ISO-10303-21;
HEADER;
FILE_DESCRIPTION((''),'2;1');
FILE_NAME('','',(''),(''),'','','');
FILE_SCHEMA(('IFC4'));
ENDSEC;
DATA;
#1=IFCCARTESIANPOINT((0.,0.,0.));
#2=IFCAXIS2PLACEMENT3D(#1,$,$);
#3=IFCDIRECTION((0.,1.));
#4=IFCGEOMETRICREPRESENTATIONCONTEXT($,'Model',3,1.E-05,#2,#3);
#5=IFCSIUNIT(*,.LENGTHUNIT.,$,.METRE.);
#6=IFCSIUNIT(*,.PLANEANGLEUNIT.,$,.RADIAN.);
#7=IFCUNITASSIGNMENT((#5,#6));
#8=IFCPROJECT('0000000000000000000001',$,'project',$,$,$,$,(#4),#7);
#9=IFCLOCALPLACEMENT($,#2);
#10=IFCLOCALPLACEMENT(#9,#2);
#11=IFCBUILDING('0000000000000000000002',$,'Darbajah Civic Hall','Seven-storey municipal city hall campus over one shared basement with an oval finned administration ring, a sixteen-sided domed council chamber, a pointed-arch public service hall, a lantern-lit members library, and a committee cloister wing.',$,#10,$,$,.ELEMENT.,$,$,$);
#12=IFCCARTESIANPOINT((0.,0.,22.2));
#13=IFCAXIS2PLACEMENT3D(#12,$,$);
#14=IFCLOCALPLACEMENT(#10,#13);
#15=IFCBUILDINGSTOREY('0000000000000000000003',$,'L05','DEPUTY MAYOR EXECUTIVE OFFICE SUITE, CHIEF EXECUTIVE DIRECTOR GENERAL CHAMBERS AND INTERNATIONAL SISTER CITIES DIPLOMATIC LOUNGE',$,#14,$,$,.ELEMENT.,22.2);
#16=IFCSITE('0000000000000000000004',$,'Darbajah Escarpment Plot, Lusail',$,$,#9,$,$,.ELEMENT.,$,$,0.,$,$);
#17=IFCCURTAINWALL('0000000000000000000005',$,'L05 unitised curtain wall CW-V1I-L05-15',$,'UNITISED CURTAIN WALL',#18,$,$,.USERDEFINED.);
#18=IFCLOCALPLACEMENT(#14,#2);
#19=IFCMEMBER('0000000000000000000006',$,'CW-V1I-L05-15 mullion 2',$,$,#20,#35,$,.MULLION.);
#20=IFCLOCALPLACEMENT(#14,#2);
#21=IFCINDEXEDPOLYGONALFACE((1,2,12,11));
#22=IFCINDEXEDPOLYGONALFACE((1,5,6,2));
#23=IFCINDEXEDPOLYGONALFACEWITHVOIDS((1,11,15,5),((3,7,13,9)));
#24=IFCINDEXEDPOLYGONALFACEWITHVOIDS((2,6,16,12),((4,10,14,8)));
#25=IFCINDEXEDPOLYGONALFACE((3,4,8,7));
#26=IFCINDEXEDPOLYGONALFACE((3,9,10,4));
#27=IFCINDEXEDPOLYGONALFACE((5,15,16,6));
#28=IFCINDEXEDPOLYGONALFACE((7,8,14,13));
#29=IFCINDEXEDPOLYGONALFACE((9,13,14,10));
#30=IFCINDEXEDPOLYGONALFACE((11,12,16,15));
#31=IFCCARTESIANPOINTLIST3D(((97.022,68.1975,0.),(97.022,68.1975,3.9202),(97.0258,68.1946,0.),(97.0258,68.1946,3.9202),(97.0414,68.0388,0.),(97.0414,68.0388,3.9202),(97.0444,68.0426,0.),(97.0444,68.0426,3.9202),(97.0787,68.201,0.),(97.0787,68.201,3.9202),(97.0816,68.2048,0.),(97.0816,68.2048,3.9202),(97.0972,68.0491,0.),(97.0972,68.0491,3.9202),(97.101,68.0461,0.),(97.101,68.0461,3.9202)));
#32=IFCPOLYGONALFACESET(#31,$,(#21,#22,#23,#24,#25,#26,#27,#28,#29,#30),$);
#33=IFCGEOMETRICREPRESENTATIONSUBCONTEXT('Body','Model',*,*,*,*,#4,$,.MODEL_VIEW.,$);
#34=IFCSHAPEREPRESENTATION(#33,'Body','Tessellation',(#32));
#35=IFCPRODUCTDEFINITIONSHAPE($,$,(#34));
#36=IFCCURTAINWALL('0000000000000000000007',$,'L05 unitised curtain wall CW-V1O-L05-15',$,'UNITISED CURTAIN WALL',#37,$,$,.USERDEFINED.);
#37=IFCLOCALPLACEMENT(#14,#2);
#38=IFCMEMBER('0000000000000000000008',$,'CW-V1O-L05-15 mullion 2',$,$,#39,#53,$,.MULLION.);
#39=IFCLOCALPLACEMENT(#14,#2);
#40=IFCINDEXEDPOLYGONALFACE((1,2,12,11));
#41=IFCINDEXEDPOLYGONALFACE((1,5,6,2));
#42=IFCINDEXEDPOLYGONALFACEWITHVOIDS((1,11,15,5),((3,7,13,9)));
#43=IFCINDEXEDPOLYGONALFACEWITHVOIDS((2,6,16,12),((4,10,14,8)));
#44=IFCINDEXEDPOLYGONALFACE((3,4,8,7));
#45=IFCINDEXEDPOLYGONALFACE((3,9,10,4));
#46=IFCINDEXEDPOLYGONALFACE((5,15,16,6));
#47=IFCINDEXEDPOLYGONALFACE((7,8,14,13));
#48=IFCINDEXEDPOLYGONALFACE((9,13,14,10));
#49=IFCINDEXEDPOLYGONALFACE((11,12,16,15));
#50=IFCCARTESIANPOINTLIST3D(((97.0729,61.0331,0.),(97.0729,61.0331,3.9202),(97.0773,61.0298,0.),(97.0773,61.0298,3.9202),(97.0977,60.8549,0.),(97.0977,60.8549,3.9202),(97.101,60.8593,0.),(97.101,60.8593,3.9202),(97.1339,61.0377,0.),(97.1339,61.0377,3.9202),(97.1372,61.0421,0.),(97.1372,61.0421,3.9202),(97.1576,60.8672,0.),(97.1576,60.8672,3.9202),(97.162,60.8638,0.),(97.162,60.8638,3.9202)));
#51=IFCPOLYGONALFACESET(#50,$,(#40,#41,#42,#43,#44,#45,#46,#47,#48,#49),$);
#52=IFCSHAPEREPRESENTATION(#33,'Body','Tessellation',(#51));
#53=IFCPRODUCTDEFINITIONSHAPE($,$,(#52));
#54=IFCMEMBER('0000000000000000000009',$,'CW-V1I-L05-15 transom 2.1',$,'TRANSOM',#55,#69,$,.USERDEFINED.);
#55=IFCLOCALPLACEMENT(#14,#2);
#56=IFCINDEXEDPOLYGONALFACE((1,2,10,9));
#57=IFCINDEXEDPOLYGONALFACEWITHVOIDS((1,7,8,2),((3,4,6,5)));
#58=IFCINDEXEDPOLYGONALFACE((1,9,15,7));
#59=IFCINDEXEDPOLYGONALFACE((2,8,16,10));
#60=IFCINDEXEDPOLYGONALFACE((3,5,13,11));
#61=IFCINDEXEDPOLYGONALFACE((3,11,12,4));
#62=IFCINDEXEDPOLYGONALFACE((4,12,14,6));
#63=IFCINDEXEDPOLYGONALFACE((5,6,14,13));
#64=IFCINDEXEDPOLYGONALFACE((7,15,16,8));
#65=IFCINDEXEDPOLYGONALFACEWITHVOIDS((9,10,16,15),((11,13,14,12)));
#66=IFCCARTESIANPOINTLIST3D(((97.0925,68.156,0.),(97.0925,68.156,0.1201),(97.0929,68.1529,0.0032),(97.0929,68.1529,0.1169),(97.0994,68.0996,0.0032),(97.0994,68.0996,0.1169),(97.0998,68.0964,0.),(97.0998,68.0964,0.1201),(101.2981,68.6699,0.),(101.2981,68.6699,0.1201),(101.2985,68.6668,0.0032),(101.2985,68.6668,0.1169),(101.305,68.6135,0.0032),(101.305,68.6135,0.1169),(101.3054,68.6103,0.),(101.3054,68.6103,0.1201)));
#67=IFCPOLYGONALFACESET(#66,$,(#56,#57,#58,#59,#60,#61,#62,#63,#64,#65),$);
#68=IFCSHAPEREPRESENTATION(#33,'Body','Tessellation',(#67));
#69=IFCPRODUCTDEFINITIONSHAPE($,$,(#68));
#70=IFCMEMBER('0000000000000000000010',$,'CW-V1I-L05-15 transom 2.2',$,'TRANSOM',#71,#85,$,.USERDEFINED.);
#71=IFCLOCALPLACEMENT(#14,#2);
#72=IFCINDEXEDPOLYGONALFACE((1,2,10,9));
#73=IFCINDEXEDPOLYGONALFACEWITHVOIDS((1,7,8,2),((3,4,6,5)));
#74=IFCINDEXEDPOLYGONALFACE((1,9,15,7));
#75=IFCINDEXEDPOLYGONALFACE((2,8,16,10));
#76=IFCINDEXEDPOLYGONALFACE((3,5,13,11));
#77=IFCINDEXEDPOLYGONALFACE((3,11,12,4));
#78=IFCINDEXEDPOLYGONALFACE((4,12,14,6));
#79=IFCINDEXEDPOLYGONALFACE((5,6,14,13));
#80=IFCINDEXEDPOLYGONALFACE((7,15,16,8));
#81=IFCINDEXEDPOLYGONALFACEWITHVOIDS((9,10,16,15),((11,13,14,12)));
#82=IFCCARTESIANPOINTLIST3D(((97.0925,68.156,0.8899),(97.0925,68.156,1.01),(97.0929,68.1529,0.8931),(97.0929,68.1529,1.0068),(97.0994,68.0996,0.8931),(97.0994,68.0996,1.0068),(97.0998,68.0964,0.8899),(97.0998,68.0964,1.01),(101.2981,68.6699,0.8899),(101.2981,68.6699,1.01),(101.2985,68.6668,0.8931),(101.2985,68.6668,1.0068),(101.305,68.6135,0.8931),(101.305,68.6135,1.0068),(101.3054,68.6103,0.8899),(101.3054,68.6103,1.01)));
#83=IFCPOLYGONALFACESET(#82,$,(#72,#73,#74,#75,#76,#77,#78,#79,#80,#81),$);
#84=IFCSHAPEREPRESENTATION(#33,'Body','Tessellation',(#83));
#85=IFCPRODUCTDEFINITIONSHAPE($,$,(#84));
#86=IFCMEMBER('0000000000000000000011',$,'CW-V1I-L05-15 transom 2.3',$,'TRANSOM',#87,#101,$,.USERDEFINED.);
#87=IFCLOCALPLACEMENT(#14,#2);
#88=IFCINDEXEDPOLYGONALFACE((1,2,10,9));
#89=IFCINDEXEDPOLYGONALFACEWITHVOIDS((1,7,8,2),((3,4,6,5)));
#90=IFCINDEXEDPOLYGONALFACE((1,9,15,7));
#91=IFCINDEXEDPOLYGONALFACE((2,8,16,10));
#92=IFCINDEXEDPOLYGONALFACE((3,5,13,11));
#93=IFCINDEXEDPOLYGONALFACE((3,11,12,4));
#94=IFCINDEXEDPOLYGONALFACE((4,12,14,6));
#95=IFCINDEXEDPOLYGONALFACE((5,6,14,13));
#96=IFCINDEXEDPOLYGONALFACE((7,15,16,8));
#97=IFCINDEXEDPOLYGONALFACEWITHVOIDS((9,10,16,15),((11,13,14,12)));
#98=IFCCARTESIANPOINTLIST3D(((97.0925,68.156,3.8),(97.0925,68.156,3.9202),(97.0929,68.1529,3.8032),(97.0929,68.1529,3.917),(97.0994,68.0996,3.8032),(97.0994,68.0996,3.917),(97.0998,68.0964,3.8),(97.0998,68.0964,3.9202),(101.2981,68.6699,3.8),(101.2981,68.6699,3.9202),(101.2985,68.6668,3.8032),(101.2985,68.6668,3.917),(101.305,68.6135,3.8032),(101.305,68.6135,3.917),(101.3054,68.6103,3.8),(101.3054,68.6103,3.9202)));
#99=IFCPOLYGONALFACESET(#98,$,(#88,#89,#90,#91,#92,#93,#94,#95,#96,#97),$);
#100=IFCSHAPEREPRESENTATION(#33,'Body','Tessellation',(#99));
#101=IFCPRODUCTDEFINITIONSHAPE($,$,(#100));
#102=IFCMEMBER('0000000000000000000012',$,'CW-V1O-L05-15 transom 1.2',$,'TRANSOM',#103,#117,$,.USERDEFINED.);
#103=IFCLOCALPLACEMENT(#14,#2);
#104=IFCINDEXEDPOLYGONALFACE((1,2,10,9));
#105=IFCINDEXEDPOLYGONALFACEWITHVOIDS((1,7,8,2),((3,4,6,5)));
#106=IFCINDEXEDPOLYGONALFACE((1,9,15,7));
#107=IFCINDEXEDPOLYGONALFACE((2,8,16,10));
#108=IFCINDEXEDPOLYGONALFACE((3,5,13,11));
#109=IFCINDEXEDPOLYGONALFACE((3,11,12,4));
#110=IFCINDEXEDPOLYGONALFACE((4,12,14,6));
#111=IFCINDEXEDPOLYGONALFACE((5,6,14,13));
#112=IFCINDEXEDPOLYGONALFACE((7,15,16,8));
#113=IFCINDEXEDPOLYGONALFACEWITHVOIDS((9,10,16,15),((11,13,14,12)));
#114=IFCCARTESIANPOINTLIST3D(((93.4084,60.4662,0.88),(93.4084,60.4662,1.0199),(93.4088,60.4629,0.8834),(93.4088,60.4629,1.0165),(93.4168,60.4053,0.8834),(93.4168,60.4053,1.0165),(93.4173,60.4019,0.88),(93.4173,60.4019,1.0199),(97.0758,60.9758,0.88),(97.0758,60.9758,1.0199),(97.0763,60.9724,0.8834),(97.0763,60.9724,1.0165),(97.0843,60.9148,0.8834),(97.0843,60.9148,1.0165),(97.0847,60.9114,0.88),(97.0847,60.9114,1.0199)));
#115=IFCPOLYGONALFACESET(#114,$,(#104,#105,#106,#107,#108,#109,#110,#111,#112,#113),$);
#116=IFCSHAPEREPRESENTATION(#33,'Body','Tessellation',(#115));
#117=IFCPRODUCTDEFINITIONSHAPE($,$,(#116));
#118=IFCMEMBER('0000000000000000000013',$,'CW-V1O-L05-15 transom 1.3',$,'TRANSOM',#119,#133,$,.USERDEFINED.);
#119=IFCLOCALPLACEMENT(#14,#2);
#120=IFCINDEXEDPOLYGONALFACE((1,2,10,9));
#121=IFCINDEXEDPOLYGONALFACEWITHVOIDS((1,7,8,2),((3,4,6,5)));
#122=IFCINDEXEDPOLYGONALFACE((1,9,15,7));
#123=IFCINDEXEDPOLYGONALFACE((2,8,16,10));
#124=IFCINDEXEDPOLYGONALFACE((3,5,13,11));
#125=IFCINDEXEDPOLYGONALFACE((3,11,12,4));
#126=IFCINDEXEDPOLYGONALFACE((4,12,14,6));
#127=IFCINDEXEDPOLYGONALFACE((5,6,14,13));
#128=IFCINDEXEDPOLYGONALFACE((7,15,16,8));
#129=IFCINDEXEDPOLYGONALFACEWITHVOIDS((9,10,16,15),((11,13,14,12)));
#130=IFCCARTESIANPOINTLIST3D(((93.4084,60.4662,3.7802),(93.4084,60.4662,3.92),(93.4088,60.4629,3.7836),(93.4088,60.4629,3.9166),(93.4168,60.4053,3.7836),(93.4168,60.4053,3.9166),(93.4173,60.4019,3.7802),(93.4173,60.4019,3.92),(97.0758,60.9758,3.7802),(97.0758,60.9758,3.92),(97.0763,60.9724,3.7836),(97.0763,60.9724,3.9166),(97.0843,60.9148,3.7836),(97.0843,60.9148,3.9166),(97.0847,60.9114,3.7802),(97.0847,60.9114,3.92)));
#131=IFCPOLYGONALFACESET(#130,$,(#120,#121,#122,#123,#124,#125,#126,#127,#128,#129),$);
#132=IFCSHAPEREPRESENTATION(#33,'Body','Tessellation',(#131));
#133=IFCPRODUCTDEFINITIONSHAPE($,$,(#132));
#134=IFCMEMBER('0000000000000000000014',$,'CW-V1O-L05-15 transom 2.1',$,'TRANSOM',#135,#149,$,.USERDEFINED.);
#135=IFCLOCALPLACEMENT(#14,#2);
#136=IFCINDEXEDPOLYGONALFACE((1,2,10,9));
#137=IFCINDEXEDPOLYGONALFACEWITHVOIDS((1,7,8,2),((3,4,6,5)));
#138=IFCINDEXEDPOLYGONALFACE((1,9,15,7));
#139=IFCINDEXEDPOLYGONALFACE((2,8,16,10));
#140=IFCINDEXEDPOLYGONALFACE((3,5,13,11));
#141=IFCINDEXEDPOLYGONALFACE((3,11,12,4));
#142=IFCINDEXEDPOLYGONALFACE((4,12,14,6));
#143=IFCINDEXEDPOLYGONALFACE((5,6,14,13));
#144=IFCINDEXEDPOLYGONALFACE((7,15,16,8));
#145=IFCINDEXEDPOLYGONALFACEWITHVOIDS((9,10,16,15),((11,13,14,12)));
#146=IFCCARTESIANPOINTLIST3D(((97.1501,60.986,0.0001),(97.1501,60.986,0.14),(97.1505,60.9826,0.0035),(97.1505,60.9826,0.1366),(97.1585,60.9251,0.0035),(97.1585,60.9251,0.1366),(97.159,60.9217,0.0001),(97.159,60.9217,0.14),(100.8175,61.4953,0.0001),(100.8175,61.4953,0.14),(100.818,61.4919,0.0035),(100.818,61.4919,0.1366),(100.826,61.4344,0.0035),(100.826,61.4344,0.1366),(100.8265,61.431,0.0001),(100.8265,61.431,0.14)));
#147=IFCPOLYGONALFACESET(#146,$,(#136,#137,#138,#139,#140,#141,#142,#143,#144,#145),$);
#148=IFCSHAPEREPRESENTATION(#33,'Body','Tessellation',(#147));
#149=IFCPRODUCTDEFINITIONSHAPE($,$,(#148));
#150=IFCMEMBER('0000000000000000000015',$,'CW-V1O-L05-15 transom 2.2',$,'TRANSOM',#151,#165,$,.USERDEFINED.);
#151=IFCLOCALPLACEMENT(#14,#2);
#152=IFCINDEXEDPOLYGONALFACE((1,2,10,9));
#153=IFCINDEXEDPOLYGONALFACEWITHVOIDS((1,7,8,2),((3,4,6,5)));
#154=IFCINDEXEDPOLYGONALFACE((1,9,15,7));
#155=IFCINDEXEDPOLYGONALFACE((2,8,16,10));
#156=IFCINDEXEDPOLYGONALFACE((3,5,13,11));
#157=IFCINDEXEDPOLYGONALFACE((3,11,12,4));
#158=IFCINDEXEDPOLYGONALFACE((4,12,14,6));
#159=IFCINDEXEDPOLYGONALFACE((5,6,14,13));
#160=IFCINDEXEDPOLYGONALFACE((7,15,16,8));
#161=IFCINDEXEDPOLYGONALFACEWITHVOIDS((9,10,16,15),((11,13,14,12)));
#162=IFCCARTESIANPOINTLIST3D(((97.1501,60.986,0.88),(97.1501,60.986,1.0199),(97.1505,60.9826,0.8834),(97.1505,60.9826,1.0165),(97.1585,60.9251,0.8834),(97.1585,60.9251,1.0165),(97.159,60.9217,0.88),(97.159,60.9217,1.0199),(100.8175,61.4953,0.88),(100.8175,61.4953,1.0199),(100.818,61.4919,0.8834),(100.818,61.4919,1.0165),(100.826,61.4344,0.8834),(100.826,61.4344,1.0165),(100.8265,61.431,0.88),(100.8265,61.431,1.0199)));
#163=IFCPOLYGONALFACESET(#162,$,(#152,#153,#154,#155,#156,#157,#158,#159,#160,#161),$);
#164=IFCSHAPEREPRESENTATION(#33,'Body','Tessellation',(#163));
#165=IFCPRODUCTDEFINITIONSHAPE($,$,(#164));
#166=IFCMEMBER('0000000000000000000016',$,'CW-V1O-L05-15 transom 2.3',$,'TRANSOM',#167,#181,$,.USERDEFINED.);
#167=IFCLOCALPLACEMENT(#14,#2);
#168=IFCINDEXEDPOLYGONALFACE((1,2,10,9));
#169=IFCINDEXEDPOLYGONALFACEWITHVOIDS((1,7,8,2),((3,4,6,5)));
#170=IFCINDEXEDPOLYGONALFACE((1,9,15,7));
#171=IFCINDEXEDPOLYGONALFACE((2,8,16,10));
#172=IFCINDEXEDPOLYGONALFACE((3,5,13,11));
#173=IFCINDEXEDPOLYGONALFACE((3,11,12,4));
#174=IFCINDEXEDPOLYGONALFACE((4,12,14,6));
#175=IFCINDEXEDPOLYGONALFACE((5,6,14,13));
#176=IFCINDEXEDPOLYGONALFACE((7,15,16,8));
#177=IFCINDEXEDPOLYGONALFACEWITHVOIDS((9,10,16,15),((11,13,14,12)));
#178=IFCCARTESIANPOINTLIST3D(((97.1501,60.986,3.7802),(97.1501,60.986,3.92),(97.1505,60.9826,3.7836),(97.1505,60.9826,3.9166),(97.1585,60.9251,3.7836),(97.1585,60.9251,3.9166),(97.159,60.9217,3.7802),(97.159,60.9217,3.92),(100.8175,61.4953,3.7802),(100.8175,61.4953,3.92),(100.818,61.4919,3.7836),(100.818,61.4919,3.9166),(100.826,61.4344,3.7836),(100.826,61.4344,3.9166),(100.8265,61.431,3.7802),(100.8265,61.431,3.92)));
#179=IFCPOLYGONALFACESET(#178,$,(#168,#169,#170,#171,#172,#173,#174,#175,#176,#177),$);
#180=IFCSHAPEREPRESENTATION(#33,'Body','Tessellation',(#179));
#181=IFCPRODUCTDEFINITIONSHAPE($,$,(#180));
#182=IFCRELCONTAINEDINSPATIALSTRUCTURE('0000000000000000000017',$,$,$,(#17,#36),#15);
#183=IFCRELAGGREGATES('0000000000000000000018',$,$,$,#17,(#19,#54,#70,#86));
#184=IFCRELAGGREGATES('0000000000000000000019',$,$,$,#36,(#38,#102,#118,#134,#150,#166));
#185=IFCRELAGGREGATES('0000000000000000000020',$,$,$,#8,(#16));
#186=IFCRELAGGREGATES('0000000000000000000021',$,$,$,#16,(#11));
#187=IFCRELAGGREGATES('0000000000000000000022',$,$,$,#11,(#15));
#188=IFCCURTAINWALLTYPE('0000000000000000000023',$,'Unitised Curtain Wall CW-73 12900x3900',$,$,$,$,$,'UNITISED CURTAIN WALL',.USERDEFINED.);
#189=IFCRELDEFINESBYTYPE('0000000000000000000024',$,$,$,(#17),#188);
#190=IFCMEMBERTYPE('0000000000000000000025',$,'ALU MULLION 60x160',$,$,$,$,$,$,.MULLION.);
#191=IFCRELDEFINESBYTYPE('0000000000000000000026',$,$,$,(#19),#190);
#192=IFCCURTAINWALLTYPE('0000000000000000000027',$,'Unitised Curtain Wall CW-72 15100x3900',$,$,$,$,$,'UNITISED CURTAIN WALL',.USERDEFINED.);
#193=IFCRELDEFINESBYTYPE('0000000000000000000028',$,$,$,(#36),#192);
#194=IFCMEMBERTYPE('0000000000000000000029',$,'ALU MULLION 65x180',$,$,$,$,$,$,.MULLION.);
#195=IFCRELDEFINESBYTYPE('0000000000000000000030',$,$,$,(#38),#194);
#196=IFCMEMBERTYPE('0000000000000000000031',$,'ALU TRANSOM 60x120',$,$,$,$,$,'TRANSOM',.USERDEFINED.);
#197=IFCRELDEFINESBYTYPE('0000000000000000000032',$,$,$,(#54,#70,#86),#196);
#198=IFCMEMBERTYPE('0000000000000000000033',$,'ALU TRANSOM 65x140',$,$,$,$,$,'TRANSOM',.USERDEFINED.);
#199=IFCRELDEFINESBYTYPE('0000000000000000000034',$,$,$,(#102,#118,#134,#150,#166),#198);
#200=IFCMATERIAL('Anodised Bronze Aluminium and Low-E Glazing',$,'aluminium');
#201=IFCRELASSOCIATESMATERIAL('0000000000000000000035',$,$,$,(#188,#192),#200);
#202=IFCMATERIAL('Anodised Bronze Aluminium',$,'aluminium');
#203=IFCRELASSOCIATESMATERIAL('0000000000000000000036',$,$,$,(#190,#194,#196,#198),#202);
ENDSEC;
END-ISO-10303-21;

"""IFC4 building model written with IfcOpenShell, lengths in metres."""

from ifc_helpers import new_model, si_unit, direction, frame, origin, origin_2d, place, context, subcontext, project, spatial, hollow_rectangle, extrude, material, material_profile, profile_set, type_object, element, aggregate, save


model = new_model("IFC4")

# Units and contexts
model_context = context("Model", 3, precision=1e-05, world=origin(), true_north=direction((0.0, 1.0)))
body_context = subcontext(model_context, "Body", "Model", "MODEL_VIEW")
ifc_project = project(units=[si_unit("LENGTHUNIT", "METRE"), si_unit("PLANEANGLEUNIT", "RADIAN")], contexts=[model_context])

# Site, building, storey
site_placement = place(None, origin())
site = spatial("IfcSite", under=ifc_project, at=site_placement, Name="Darbajah Escarpment Plot, Lusail", CompositionType="ELEMENT", RefElevation=0.0)
building_placement = place(site_placement, origin())
building = spatial("IfcBuilding", under=site, at=building_placement, Name="Darbajah Civic Hall", Description="Seven-storey municipal city hall campus over one shared basement with an oval finned administration ring, a sixteen-sided domed council chamber, a pointed-arch public service hall, a lantern-lit members library, and a committee cloister wing.", CompositionType="ELEMENT")
storey_placement = place(building_placement, frame((0.0, 0.0, 22.2)))
storey = spatial("IfcBuildingStorey", under=building, at=storey_placement, Name="L05", Description="DEPUTY MAYOR EXECUTIVE OFFICE SUITE, CHIEF EXECUTIVE DIRECTOR GENERAL CHAMBERS AND INTERNATIONAL SISTER CITIES DIPLOMATIC LOUNGE", CompositionType="ELEMENT", Elevation=22.2)

# Curtain walls, members
ifc_material_1 = material(Name="Anodised Bronze Aluminium and Low-E Glazing", Category="aluminium")
curtain_wall_type_1 = type_object("IfcCurtainWallType", Name="Unitised Curtain Wall CW-73 12900x3900", ElementType="UNITISED CURTAIN WALL", PredefinedType="USERDEFINED", material=ifc_material_1)
curtain_wall_1_placement = place(storey_placement, origin())
curtain_wall_1 = element("IfcCurtainWall", 1, at=curtain_wall_1_placement, inside=storey, type_object=curtain_wall_type_1, Name="L05 unitised curtain wall CW-V1I-L05-15", ObjectType="UNITISED CURTAIN WALL", PredefinedType="USERDEFINED")
ifc_material_2 = material(Name="Anodised Bronze Aluminium", Category="aluminium")
ifc_material_profile_1 = material_profile(ifc_material_2, hollow_rectangle(XDim=0.0601, YDim=0.1599, WallThickness=0.0034, at=origin_2d()), Name="ALU MULLION 60x160")
ifc_profile_set_1 = profile_set([ifc_material_profile_1], Name="Anodised Bronze Aluminium")
member_type_1 = type_object("IfcMemberType", Name="ALU MULLION 60x160", PredefinedType="MULLION", material=ifc_profile_set_1)
member_1_placement = place(storey_placement, frame((97.0615, 68.1218, 0.0), z_axis=(0.0, 0.0, 1.0), x_axis=(0.99261, 0.12135, 0.0)))
member_1 = element("IfcMember", 2, at=member_1_placement, type_object=member_type_1, Name="CW-V1I-L05-15 mullion 2", PredefinedType="MULLION", context=body_context, shape_type="SweptSolid", body=[
    extrude(hollow_rectangle(XDim=0.0601, YDim=0.1599, WallThickness=0.0034, at=origin_2d()), origin(), (0.0, 0.0, 1.0), 3.9202),
])
curtain_wall_type_2 = type_object("IfcCurtainWallType", Name="Unitised Curtain Wall CW-72 15100x3900", ElementType="UNITISED CURTAIN WALL", PredefinedType="USERDEFINED", material=ifc_material_1)
curtain_wall_2_placement = place(storey_placement, origin())
curtain_wall_2 = element("IfcCurtainWall", 3, at=curtain_wall_2_placement, inside=storey, type_object=curtain_wall_type_2, Name="L05 unitised curtain wall CW-V1O-L05-15", ObjectType="UNITISED CURTAIN WALL", PredefinedType="USERDEFINED")
ifc_material_profile_2 = material_profile(ifc_material_2, hollow_rectangle(XDim=0.0649, YDim=0.1799, WallThickness=0.0039, at=origin_2d()), Name="ALU MULLION 65x180")
ifc_profile_set_2 = profile_set([ifc_material_profile_2], Name="Anodised Bronze Aluminium")
member_type_2 = type_object("IfcMemberType", Name="ALU MULLION 65x180", PredefinedType="MULLION", material=ifc_profile_set_2)
member_2_placement = place(storey_placement, frame((97.1174, 60.9485, 0.0), z_axis=(0.0, 0.0, 1.0), x_axis=(0.990485, 0.137617, 0.0)))
member_2 = element("IfcMember", 4, at=member_2_placement, type_object=member_type_2, Name="CW-V1O-L05-15 mullion 2", PredefinedType="MULLION", context=body_context, shape_type="SweptSolid", body=[
    extrude(hollow_rectangle(XDim=0.0649, YDim=0.1799, WallThickness=0.0039, at=origin_2d()), origin(), (0.0, 0.0, 1.0), 3.9202),
])

# Members
ifc_material_profile_3 = material_profile(ifc_material_2, hollow_rectangle(XDim=0.0601, YDim=0.1201, WallThickness=0.0032, at=origin_2d()), Name="ALU TRANSOM 60x120")
ifc_profile_set_3 = profile_set([ifc_material_profile_3], Name="Anodised Bronze Aluminium")
member_type_3 = type_object("IfcMemberType", Name="ALU TRANSOM 60x120", ElementType="TRANSOM", PredefinedType="USERDEFINED", material=ifc_profile_set_3)
member_3_placement = place(storey_placement, frame((97.0962, 68.1262, 0.0601), z_axis=(0.992616, 0.121297, 0.0), x_axis=(-0.121297, 0.992616, 0.0)))
member_3 = element("IfcMember", 5, at=member_3_placement, type_object=member_type_3, Name="CW-V1I-L05-15 transom 2.1", ObjectType="TRANSOM", PredefinedType="USERDEFINED", context=body_context, shape_type="SweptSolid", body=[
    extrude(hollow_rectangle(XDim=0.0601, YDim=0.1201, WallThickness=0.0032, at=origin_2d()), origin(), (0.0, 0.0, 1.0), 4.2368),
])
member_4_placement = place(storey_placement, frame((97.0962, 68.1262, 0.95), z_axis=(0.992616, 0.121297, 0.0), x_axis=(-0.121297, 0.992616, 0.0)))
member_4 = element("IfcMember", 6, at=member_4_placement, type_object=member_type_3, Name="CW-V1I-L05-15 transom 2.2", ObjectType="TRANSOM", PredefinedType="USERDEFINED", context=body_context, shape_type="SweptSolid", body=[
    extrude(hollow_rectangle(XDim=0.0601, YDim=0.1201, WallThickness=0.0032, at=origin_2d()), origin(), (0.0, 0.0, 1.0), 4.2368),
])
member_5_placement = place(storey_placement, frame((97.0962, 68.1262, 3.8601), z_axis=(0.992616, 0.121297, 0.0), x_axis=(-0.121297, 0.992616, 0.0)))
member_5 = element("IfcMember", 7, at=member_5_placement, type_object=member_type_3, Name="CW-V1I-L05-15 transom 2.3", ObjectType="TRANSOM", PredefinedType="USERDEFINED", context=body_context, shape_type="SweptSolid", body=[
    extrude(hollow_rectangle(XDim=0.0601, YDim=0.1201, WallThickness=0.0032, at=origin_2d()), origin(), (0.0, 0.0, 1.0), 4.2368),
])
ifc_material_profile_4 = material_profile(ifc_material_2, hollow_rectangle(XDim=0.0649, YDim=0.1399, WallThickness=0.0034, at=origin_2d()), Name="ALU TRANSOM 65x140")
ifc_profile_set_4 = profile_set([ifc_material_profile_4], Name="Anodised Bronze Aluminium")
member_type_4 = type_object("IfcMemberType", Name="ALU TRANSOM 65x140", ElementType="TRANSOM", PredefinedType="USERDEFINED", material=ifc_profile_set_4)
member_6_placement = place(storey_placement, frame((93.4128, 60.4341, 0.95), z_axis=(0.990487, 0.137608, 0.0), x_axis=(-0.137608, 0.990487, 0.0)))
member_6 = element("IfcMember", 8, at=member_6_placement, type_object=member_type_4, Name="CW-V1O-L05-15 transom 1.2", ObjectType="TRANSOM", PredefinedType="USERDEFINED", context=body_context, shape_type="SweptSolid", body=[
    extrude(hollow_rectangle(XDim=0.0649, YDim=0.1399, WallThickness=0.0034, at=origin_2d()), origin(), (0.0, 0.0, 1.0), 3.7026),
])
member_7_placement = place(storey_placement, frame((93.4128, 60.4341, 3.8501), z_axis=(0.990487, 0.137608, 0.0), x_axis=(-0.137608, 0.990487, 0.0)))
member_7 = element("IfcMember", 9, at=member_7_placement, type_object=member_type_4, Name="CW-V1O-L05-15 transom 1.3", ObjectType="TRANSOM", PredefinedType="USERDEFINED", context=body_context, shape_type="SweptSolid", body=[
    extrude(hollow_rectangle(XDim=0.0649, YDim=0.1399, WallThickness=0.0034, at=origin_2d()), origin(), (0.0, 0.0, 1.0), 3.7026),
])
member_8_placement = place(storey_placement, frame((97.1545, 60.9539, 0.0701), z_axis=(0.990496, 0.137543, 0.0), x_axis=(-0.137543, 0.990496, 0.0)))
member_8 = element("IfcMember", 10, at=member_8_placement, type_object=member_type_4, Name="CW-V1O-L05-15 transom 2.1", ObjectType="TRANSOM", PredefinedType="USERDEFINED", context=body_context, shape_type="SweptSolid", body=[
    extrude(hollow_rectangle(XDim=0.0649, YDim=0.1399, WallThickness=0.0034, at=origin_2d()), origin(), (0.0, 0.0, 1.0), 3.7026),
])
member_9_placement = place(storey_placement, frame((97.1545, 60.9539, 0.95), z_axis=(0.990496, 0.137543, 0.0), x_axis=(-0.137543, 0.990496, 0.0)))
member_9 = element("IfcMember", 11, at=member_9_placement, type_object=member_type_4, Name="CW-V1O-L05-15 transom 2.2", ObjectType="TRANSOM", PredefinedType="USERDEFINED", context=body_context, shape_type="SweptSolid", body=[
    extrude(hollow_rectangle(XDim=0.0649, YDim=0.1399, WallThickness=0.0034, at=origin_2d()), origin(), (0.0, 0.0, 1.0), 3.7026),
])
member_10_placement = place(storey_placement, frame((97.1545, 60.9539, 3.8501), z_axis=(0.990496, 0.137543, 0.0), x_axis=(-0.137543, 0.990496, 0.0)))
member_10 = element("IfcMember", 12, at=member_10_placement, type_object=member_type_4, Name="CW-V1O-L05-15 transom 2.3", ObjectType="TRANSOM", PredefinedType="USERDEFINED", context=body_context, shape_type="SweptSolid", body=[
    extrude(hollow_rectangle(XDim=0.0649, YDim=0.1399, WallThickness=0.0034, at=origin_2d()), origin(), (0.0, 0.0, 1.0), 3.7026),
])

aggregate(curtain_wall_1, [member_1, member_3, member_4, member_5])
aggregate(curtain_wall_2, [member_2, member_6, member_7, member_8, member_9, member_10])

save(model, "model.ifc")
